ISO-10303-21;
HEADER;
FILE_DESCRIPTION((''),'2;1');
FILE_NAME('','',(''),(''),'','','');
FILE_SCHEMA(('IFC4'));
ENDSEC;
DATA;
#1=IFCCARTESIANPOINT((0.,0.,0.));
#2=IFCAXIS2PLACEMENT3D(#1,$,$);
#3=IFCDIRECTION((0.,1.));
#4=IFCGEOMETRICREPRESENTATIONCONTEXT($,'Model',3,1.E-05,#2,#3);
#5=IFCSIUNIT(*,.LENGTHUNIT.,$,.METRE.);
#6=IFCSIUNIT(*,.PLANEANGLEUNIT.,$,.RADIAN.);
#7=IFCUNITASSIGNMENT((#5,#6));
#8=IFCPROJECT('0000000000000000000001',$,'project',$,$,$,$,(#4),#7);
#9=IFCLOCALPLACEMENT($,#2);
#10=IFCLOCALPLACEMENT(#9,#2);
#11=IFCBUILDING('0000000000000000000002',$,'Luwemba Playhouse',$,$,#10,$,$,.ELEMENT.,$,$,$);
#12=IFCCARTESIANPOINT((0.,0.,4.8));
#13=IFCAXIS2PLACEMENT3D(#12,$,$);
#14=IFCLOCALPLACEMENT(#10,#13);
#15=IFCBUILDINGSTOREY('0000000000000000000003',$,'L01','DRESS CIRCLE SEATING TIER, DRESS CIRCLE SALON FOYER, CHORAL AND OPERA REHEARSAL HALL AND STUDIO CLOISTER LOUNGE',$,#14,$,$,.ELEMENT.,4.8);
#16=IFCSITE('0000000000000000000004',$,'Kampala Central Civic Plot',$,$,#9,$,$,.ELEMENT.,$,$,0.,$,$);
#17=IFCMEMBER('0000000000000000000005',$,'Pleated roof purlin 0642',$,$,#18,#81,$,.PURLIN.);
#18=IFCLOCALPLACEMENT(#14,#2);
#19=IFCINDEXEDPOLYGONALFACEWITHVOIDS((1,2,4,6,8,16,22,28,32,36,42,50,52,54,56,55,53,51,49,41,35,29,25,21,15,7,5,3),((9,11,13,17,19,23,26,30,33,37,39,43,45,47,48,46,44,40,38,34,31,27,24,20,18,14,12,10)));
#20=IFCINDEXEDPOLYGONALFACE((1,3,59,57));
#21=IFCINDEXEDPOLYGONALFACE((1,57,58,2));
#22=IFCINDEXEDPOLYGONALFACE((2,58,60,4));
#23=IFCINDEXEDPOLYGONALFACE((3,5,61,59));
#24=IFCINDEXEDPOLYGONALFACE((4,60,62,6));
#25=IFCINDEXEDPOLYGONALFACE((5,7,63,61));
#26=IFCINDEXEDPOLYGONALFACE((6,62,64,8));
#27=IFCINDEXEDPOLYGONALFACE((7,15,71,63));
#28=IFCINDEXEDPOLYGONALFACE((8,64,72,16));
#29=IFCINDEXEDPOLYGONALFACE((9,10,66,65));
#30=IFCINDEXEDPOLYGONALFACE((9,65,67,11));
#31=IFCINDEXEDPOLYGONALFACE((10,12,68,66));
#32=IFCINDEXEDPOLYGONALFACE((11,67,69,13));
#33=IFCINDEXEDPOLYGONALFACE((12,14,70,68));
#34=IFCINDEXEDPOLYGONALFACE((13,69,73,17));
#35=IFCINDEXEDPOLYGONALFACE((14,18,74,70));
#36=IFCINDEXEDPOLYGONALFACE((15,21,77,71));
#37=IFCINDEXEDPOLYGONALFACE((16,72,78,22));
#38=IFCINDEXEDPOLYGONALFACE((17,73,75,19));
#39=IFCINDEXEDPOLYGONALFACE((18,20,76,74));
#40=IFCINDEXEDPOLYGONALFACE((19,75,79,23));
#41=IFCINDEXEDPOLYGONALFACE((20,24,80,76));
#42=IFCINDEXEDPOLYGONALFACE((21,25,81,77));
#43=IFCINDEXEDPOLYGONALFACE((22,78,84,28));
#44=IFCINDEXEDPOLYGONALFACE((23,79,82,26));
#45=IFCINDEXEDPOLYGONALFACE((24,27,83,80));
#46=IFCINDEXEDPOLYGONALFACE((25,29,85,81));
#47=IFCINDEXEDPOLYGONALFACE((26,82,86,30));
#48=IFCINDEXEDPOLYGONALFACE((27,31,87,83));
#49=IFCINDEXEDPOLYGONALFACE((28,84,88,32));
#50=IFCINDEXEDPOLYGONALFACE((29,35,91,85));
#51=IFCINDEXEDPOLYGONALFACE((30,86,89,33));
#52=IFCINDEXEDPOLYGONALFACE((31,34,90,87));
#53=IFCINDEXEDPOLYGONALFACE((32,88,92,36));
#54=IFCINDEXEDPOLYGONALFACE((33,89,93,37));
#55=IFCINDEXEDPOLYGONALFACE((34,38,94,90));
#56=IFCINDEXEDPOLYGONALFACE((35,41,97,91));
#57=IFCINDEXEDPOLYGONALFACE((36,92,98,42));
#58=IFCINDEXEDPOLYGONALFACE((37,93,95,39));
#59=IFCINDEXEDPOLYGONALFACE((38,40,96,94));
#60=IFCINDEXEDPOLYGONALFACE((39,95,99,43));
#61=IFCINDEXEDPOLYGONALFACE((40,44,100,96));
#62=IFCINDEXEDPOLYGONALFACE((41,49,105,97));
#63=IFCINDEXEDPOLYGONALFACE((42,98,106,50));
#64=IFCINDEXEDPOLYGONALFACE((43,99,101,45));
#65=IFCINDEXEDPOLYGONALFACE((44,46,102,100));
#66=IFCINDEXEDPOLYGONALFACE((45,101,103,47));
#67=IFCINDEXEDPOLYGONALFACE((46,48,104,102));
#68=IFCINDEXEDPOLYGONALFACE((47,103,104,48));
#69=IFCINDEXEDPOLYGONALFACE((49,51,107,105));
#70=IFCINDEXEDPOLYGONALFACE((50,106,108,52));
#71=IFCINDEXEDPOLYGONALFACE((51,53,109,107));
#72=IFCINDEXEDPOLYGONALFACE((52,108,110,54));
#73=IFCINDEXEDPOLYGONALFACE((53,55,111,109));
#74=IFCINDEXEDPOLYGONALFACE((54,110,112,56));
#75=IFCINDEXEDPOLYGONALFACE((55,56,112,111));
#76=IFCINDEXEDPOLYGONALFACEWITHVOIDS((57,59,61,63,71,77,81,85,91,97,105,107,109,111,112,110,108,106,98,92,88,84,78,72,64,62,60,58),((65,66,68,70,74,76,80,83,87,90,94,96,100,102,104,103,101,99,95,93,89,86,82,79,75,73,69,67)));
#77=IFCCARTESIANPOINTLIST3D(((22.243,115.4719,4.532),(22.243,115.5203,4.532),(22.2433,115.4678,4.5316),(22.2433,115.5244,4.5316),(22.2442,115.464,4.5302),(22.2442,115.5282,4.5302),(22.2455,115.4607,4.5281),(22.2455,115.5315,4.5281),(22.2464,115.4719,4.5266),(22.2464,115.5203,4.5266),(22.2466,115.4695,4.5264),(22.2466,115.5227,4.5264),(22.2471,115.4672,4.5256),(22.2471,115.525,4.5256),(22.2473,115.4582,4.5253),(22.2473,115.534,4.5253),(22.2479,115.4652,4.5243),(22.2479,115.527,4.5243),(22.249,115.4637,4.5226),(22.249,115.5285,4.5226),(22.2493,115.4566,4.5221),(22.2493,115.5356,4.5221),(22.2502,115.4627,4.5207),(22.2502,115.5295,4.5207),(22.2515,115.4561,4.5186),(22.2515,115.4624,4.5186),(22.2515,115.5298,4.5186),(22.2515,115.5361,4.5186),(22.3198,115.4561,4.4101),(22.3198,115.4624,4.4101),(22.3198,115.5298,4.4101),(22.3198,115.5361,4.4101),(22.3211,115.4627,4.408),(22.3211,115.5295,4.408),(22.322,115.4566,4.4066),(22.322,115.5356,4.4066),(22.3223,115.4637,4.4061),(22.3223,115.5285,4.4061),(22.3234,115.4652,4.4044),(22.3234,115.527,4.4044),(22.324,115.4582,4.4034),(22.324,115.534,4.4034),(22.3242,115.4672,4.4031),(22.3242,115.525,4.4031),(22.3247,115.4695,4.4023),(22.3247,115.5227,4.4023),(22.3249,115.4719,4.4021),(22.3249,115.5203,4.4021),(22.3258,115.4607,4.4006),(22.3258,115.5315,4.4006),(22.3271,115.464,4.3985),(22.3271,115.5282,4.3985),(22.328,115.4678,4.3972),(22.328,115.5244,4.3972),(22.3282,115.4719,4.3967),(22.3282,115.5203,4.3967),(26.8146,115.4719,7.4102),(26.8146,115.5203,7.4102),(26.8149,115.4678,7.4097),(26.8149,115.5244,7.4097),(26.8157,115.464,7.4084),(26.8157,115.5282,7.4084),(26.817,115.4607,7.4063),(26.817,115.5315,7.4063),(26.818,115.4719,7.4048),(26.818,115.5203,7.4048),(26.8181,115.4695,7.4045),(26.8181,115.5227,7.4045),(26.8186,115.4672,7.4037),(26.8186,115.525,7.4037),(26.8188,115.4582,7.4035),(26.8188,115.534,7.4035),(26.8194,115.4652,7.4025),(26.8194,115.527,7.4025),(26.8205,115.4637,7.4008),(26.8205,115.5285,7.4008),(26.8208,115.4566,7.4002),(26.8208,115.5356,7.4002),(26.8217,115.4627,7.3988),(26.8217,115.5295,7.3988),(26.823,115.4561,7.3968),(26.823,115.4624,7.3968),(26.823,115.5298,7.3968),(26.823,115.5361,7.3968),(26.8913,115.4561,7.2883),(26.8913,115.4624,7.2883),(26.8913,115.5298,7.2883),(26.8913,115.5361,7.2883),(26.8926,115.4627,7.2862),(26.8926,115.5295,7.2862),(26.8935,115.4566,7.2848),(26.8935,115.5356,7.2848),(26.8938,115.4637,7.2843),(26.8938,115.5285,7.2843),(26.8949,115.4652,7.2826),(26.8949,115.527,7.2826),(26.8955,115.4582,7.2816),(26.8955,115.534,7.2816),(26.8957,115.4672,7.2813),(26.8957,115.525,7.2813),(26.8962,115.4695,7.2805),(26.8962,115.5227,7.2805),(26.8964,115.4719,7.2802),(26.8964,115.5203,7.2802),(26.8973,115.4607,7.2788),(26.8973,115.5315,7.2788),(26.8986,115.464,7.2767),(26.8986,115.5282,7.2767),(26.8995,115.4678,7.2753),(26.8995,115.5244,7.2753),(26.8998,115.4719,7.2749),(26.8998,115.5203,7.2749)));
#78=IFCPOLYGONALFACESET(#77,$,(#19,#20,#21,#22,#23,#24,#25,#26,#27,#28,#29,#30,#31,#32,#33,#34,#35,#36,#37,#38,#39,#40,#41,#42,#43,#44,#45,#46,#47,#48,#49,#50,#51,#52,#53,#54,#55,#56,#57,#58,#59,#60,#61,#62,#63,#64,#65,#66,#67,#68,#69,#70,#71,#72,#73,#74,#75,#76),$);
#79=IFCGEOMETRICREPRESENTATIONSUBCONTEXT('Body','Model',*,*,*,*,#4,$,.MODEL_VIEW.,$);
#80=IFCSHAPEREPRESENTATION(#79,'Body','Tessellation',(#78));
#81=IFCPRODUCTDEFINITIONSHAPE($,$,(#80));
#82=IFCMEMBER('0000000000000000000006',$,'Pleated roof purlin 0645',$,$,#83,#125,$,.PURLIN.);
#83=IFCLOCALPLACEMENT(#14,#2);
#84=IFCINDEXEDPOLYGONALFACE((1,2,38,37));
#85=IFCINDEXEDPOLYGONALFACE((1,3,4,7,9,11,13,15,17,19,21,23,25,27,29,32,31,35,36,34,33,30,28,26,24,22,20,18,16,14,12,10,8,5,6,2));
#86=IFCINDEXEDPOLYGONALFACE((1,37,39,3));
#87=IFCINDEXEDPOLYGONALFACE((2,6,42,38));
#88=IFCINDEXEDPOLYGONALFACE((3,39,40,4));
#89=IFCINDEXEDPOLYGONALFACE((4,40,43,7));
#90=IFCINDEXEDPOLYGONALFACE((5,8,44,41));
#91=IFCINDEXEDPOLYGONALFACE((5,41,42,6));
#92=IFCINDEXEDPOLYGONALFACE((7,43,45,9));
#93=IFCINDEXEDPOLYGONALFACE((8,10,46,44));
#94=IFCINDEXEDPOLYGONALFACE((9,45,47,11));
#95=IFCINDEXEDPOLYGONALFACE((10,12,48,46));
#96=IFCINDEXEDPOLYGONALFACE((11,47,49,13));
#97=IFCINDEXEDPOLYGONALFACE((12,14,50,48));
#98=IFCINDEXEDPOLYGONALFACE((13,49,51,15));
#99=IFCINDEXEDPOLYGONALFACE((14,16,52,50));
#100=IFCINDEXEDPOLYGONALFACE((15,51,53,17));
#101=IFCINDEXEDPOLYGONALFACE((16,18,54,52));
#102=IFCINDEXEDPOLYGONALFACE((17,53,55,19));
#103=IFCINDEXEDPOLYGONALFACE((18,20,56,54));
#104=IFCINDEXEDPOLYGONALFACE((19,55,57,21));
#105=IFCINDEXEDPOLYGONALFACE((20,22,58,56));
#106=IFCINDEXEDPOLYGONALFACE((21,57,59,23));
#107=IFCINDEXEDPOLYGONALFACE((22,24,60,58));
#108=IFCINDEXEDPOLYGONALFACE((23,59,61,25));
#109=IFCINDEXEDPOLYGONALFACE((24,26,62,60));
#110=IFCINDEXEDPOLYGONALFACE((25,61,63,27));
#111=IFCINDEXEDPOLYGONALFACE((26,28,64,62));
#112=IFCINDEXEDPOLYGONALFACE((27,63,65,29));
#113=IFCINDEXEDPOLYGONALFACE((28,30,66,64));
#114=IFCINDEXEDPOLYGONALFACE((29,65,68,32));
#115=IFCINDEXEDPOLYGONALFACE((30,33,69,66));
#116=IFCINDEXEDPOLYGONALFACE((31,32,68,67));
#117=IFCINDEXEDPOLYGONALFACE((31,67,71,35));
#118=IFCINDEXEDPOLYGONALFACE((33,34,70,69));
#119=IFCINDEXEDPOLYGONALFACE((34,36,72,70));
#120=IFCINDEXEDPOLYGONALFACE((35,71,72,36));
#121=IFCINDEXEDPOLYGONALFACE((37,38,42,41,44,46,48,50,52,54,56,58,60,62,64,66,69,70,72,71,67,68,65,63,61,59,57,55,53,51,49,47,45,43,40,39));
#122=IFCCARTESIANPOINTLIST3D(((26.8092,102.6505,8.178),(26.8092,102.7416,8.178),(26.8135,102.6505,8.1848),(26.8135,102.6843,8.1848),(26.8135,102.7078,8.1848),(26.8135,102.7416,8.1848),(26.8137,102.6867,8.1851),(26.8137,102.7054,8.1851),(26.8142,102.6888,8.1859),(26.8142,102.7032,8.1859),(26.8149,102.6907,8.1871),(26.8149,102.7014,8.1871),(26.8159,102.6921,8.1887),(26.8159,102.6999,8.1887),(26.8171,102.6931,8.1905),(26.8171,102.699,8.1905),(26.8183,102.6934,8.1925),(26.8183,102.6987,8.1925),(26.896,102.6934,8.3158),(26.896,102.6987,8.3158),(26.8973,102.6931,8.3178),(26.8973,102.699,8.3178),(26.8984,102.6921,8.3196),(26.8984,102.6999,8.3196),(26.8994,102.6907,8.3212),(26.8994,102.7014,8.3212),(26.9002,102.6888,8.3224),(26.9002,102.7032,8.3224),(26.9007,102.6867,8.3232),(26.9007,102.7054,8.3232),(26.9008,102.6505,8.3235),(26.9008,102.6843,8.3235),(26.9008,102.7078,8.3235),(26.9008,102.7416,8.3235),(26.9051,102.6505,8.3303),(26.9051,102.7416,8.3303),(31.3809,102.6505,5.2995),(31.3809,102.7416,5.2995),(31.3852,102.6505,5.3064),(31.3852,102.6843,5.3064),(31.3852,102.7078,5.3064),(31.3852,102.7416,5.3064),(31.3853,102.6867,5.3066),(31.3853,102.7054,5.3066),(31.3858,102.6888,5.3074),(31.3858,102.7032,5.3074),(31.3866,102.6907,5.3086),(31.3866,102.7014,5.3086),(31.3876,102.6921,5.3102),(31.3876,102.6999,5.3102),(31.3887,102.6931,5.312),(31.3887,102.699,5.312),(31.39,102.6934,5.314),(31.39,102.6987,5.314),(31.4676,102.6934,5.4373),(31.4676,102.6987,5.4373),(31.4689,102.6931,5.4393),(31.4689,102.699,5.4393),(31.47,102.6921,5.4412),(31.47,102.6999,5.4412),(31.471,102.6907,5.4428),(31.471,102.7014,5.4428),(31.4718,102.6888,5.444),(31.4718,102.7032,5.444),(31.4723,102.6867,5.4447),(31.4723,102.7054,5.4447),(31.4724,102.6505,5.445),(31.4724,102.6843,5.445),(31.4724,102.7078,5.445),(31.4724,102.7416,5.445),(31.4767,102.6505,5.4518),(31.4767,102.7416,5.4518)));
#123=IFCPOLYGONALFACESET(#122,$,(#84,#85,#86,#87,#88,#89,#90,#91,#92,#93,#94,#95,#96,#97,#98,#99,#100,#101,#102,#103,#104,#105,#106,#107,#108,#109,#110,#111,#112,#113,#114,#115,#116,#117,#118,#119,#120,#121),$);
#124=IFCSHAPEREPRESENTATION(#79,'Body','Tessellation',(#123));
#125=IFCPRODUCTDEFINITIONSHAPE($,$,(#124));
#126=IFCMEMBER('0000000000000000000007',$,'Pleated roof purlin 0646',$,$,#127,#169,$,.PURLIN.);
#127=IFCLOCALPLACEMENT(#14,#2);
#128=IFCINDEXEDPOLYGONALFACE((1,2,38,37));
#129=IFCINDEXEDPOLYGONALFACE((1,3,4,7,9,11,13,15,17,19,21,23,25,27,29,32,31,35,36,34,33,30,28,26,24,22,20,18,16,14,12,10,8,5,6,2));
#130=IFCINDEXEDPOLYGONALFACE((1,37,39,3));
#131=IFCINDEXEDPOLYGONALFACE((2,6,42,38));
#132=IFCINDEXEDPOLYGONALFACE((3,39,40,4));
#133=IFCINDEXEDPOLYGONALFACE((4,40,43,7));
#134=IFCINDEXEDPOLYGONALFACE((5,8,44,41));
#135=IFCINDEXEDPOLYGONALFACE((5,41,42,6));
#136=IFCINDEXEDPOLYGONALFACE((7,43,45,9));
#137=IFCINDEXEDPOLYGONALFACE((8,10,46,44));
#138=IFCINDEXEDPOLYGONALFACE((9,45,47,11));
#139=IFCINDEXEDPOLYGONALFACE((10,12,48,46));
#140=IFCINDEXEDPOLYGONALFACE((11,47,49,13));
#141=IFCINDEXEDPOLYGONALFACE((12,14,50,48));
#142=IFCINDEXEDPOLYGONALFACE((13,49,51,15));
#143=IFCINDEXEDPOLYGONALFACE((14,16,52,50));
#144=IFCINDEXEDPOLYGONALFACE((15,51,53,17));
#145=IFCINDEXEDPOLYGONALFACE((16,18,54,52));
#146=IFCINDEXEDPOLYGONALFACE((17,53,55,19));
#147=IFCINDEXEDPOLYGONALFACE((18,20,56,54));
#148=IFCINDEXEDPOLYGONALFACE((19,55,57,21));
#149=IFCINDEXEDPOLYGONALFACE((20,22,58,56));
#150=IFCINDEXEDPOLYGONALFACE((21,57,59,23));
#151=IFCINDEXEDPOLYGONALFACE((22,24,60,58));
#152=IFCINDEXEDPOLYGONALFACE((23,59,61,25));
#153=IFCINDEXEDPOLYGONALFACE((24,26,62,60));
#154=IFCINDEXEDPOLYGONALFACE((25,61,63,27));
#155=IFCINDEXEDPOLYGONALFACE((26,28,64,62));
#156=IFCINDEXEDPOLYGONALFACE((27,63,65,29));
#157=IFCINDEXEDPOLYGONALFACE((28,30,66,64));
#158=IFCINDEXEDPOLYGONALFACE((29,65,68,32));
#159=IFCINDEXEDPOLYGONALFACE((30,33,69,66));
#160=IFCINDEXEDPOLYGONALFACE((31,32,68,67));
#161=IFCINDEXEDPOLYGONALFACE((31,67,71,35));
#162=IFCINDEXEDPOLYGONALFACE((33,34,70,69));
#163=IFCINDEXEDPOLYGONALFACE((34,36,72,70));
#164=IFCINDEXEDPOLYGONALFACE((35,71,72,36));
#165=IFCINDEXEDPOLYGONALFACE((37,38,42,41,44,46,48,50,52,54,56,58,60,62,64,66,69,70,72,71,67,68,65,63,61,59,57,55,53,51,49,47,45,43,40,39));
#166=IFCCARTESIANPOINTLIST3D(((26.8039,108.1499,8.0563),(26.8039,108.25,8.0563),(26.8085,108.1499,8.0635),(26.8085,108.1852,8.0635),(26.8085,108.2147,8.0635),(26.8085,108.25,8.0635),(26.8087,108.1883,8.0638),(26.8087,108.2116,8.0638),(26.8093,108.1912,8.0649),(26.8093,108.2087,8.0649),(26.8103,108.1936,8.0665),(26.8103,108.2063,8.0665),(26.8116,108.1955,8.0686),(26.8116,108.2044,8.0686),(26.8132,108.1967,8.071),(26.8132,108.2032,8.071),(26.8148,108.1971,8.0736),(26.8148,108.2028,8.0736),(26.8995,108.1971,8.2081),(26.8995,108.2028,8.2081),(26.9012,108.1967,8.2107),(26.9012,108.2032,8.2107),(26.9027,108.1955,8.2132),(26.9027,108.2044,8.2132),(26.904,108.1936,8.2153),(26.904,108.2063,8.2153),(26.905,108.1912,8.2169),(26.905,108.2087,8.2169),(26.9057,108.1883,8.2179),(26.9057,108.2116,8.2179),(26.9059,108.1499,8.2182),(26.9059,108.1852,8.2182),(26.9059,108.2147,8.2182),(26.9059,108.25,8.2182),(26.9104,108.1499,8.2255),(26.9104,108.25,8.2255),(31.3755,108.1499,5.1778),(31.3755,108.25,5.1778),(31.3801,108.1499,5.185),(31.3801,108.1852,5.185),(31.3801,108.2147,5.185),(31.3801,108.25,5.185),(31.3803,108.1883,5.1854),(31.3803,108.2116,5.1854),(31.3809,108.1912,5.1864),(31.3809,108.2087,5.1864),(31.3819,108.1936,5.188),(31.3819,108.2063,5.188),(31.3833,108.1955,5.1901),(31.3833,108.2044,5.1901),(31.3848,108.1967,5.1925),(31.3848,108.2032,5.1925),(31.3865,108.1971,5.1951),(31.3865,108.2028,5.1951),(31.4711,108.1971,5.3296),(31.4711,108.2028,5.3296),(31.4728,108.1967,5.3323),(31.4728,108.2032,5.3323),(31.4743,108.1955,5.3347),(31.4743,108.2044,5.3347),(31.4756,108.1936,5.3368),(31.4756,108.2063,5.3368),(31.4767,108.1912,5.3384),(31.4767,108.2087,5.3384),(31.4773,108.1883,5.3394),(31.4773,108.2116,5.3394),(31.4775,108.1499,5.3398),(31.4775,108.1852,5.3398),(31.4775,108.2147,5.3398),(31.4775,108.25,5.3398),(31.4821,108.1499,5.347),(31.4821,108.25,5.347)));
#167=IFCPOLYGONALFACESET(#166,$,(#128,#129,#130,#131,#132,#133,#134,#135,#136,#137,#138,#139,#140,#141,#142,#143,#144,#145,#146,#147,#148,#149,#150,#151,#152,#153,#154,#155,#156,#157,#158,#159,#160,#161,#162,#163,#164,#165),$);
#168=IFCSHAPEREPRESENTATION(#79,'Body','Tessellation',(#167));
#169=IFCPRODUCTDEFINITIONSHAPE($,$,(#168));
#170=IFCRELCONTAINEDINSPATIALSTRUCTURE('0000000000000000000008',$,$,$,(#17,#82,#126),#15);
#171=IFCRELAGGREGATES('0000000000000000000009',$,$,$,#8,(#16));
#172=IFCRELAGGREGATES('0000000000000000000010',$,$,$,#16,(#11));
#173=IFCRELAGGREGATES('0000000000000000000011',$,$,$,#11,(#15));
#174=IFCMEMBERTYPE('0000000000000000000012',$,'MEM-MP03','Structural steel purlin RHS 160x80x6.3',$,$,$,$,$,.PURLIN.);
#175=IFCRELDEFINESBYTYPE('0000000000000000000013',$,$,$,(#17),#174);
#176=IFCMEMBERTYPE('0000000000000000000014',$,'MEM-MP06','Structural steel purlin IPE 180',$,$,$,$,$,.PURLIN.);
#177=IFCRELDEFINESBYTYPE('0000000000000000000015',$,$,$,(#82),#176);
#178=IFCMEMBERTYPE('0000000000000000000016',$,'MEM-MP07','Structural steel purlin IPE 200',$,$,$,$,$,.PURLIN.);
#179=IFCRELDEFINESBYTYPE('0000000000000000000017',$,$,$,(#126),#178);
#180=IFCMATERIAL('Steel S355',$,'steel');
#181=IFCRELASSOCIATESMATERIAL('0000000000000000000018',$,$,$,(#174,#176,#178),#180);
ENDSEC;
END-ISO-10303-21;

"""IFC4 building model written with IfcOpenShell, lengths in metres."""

from ifc_helpers import new_model, si_unit, direction, frame, origin, origin_2d, place, context, subcontext, project, spatial, hollow_rectangle, i_section, extrude, material, material_profile, profile_set, type_object, element, save


model = new_model("IFC4")

# Units and contexts
model_context = context("Model", 3, precision=1e-05, world=origin(), true_north=direction((0.0, 1.0)))
body_context = subcontext(model_context, "Body", "Model", "MODEL_VIEW")
ifc_project = project(units=[si_unit("LENGTHUNIT", "METRE"), si_unit("PLANEANGLEUNIT", "RADIAN")], contexts=[model_context])

# Site, building, storey
site_placement = place(None, origin())
site = spatial("IfcSite", under=ifc_project, at=site_placement, Name="Kampala Central Civic Plot", CompositionType="ELEMENT", RefElevation=0.0)
building_placement = place(site_placement, origin())
building = spatial("IfcBuilding", under=site, at=building_placement, Name="Luwemba Playhouse", CompositionType="ELEMENT")
storey_placement = place(building_placement, frame((0.0, 0.0, 4.8)))
storey = spatial("IfcBuildingStorey", under=building, at=storey_placement, Name="L01", Description="DRESS CIRCLE SEATING TIER, DRESS CIRCLE SALON FOYER, CHORAL AND OPERA REHEARSAL HALL AND STUDIO CLOISTER LOUNGE", CompositionType="ELEMENT", Elevation=4.8)

# Shared definitions
ifc_material_1 = material(Name="Steel S355", Category="steel")

# Members
ifc_material_profile_1 = material_profile(ifc_material_1, hollow_rectangle(XDim=0.0801, YDim=0.1599, WallThickness=0.0063, InnerFilletRadius=0.0095, OuterFilletRadius=0.0159, at=origin_2d()))
ifc_profile_set_1 = profile_set([ifc_material_profile_1], Name="Steel S355")
member_type_1 = type_object("IfcMemberType", Name="MEM-MP03", Description="Structural steel purlin RHS 160x80x6.3", PredefinedType="PURLIN", material=ifc_profile_set_1)
member_1_placement = place(storey_placement, frame((22.2856, 115.4961, 4.4644), z_axis=(0.846249, 0.0, 0.532787), x_axis=(0.0, 1.0, 0.0)))
element("IfcMember", 1, at=member_1_placement, inside=storey, type_object=member_type_1, Name="Pleated roof purlin 0642", PredefinedType="PURLIN", context=body_context, shape_type="SweptSolid", body=[
    extrude(hollow_rectangle(XDim=0.0801, YDim=0.1599, WallThickness=0.0063, InnerFilletRadius=0.0095, OuterFilletRadius=0.0159, at=origin_2d()), origin(), (0.0, 0.0, 1.0), 5.4021),
])
ifc_material_profile_2 = material_profile(ifc_material_1, i_section(OverallWidth=0.0911, OverallDepth=0.1799, WebThickness=0.0054, FlangeThickness=0.0081, FilletRadius=0.009, at=origin_2d()))
ifc_profile_set_2 = profile_set([ifc_material_profile_2], Name="Steel S355")
member_type_2 = type_object("IfcMemberType", Name="MEM-MP06", Description="Structural steel purlin IPE 180", PredefinedType="PURLIN", material=ifc_profile_set_2)
member_2_placement = place(storey_placement, frame((26.8572, 102.696, 8.2542), z_axis=(0.846229, 0.0, -0.532819), x_axis=(0.0, 1.0, 0.0)))
element("IfcMember", 2, at=member_2_placement, inside=storey, type_object=member_type_2, Name="Pleated roof purlin 0645", PredefinedType="PURLIN", context=body_context, shape_type="SweptSolid", body=[
    extrude(i_section(OverallWidth=0.0911, OverallDepth=0.1799, WebThickness=0.0054, FlangeThickness=0.0081, FilletRadius=0.009, at=origin_2d()), origin(), (0.0, 0.0, 1.0), 5.4023),
])
ifc_material_profile_3 = material_profile(ifc_material_1, i_section(OverallWidth=0.1001, OverallDepth=0.2, WebThickness=0.0056, FlangeThickness=0.0085, FilletRadius=0.012, at=origin_2d()))
ifc_profile_set_3 = profile_set([ifc_material_profile_3], Name="Steel S355")
member_type_3 = type_object("IfcMemberType", Name="MEM-MP07", Description="Structural steel purlin IPE 200", PredefinedType="PURLIN", material=ifc_profile_set_3)
member_3_placement = place(storey_placement, frame((26.8572, 108.2, 8.1409), z_axis=(0.846229, 0.0, -0.532819), x_axis=(0.0, 1.0, 0.0)))
element("IfcMember", 3, at=member_3_placement, inside=storey, type_object=member_type_3, Name="Pleated roof purlin 0646", PredefinedType="PURLIN", context=body_context, shape_type="SweptSolid", body=[
    extrude(i_section(OverallWidth=0.1001, OverallDepth=0.2, WebThickness=0.0056, FlangeThickness=0.0085, FilletRadius=0.012, at=origin_2d()), origin(), (0.0, 0.0, 1.0), 5.4023),
])

save(model, "model.ifc")
